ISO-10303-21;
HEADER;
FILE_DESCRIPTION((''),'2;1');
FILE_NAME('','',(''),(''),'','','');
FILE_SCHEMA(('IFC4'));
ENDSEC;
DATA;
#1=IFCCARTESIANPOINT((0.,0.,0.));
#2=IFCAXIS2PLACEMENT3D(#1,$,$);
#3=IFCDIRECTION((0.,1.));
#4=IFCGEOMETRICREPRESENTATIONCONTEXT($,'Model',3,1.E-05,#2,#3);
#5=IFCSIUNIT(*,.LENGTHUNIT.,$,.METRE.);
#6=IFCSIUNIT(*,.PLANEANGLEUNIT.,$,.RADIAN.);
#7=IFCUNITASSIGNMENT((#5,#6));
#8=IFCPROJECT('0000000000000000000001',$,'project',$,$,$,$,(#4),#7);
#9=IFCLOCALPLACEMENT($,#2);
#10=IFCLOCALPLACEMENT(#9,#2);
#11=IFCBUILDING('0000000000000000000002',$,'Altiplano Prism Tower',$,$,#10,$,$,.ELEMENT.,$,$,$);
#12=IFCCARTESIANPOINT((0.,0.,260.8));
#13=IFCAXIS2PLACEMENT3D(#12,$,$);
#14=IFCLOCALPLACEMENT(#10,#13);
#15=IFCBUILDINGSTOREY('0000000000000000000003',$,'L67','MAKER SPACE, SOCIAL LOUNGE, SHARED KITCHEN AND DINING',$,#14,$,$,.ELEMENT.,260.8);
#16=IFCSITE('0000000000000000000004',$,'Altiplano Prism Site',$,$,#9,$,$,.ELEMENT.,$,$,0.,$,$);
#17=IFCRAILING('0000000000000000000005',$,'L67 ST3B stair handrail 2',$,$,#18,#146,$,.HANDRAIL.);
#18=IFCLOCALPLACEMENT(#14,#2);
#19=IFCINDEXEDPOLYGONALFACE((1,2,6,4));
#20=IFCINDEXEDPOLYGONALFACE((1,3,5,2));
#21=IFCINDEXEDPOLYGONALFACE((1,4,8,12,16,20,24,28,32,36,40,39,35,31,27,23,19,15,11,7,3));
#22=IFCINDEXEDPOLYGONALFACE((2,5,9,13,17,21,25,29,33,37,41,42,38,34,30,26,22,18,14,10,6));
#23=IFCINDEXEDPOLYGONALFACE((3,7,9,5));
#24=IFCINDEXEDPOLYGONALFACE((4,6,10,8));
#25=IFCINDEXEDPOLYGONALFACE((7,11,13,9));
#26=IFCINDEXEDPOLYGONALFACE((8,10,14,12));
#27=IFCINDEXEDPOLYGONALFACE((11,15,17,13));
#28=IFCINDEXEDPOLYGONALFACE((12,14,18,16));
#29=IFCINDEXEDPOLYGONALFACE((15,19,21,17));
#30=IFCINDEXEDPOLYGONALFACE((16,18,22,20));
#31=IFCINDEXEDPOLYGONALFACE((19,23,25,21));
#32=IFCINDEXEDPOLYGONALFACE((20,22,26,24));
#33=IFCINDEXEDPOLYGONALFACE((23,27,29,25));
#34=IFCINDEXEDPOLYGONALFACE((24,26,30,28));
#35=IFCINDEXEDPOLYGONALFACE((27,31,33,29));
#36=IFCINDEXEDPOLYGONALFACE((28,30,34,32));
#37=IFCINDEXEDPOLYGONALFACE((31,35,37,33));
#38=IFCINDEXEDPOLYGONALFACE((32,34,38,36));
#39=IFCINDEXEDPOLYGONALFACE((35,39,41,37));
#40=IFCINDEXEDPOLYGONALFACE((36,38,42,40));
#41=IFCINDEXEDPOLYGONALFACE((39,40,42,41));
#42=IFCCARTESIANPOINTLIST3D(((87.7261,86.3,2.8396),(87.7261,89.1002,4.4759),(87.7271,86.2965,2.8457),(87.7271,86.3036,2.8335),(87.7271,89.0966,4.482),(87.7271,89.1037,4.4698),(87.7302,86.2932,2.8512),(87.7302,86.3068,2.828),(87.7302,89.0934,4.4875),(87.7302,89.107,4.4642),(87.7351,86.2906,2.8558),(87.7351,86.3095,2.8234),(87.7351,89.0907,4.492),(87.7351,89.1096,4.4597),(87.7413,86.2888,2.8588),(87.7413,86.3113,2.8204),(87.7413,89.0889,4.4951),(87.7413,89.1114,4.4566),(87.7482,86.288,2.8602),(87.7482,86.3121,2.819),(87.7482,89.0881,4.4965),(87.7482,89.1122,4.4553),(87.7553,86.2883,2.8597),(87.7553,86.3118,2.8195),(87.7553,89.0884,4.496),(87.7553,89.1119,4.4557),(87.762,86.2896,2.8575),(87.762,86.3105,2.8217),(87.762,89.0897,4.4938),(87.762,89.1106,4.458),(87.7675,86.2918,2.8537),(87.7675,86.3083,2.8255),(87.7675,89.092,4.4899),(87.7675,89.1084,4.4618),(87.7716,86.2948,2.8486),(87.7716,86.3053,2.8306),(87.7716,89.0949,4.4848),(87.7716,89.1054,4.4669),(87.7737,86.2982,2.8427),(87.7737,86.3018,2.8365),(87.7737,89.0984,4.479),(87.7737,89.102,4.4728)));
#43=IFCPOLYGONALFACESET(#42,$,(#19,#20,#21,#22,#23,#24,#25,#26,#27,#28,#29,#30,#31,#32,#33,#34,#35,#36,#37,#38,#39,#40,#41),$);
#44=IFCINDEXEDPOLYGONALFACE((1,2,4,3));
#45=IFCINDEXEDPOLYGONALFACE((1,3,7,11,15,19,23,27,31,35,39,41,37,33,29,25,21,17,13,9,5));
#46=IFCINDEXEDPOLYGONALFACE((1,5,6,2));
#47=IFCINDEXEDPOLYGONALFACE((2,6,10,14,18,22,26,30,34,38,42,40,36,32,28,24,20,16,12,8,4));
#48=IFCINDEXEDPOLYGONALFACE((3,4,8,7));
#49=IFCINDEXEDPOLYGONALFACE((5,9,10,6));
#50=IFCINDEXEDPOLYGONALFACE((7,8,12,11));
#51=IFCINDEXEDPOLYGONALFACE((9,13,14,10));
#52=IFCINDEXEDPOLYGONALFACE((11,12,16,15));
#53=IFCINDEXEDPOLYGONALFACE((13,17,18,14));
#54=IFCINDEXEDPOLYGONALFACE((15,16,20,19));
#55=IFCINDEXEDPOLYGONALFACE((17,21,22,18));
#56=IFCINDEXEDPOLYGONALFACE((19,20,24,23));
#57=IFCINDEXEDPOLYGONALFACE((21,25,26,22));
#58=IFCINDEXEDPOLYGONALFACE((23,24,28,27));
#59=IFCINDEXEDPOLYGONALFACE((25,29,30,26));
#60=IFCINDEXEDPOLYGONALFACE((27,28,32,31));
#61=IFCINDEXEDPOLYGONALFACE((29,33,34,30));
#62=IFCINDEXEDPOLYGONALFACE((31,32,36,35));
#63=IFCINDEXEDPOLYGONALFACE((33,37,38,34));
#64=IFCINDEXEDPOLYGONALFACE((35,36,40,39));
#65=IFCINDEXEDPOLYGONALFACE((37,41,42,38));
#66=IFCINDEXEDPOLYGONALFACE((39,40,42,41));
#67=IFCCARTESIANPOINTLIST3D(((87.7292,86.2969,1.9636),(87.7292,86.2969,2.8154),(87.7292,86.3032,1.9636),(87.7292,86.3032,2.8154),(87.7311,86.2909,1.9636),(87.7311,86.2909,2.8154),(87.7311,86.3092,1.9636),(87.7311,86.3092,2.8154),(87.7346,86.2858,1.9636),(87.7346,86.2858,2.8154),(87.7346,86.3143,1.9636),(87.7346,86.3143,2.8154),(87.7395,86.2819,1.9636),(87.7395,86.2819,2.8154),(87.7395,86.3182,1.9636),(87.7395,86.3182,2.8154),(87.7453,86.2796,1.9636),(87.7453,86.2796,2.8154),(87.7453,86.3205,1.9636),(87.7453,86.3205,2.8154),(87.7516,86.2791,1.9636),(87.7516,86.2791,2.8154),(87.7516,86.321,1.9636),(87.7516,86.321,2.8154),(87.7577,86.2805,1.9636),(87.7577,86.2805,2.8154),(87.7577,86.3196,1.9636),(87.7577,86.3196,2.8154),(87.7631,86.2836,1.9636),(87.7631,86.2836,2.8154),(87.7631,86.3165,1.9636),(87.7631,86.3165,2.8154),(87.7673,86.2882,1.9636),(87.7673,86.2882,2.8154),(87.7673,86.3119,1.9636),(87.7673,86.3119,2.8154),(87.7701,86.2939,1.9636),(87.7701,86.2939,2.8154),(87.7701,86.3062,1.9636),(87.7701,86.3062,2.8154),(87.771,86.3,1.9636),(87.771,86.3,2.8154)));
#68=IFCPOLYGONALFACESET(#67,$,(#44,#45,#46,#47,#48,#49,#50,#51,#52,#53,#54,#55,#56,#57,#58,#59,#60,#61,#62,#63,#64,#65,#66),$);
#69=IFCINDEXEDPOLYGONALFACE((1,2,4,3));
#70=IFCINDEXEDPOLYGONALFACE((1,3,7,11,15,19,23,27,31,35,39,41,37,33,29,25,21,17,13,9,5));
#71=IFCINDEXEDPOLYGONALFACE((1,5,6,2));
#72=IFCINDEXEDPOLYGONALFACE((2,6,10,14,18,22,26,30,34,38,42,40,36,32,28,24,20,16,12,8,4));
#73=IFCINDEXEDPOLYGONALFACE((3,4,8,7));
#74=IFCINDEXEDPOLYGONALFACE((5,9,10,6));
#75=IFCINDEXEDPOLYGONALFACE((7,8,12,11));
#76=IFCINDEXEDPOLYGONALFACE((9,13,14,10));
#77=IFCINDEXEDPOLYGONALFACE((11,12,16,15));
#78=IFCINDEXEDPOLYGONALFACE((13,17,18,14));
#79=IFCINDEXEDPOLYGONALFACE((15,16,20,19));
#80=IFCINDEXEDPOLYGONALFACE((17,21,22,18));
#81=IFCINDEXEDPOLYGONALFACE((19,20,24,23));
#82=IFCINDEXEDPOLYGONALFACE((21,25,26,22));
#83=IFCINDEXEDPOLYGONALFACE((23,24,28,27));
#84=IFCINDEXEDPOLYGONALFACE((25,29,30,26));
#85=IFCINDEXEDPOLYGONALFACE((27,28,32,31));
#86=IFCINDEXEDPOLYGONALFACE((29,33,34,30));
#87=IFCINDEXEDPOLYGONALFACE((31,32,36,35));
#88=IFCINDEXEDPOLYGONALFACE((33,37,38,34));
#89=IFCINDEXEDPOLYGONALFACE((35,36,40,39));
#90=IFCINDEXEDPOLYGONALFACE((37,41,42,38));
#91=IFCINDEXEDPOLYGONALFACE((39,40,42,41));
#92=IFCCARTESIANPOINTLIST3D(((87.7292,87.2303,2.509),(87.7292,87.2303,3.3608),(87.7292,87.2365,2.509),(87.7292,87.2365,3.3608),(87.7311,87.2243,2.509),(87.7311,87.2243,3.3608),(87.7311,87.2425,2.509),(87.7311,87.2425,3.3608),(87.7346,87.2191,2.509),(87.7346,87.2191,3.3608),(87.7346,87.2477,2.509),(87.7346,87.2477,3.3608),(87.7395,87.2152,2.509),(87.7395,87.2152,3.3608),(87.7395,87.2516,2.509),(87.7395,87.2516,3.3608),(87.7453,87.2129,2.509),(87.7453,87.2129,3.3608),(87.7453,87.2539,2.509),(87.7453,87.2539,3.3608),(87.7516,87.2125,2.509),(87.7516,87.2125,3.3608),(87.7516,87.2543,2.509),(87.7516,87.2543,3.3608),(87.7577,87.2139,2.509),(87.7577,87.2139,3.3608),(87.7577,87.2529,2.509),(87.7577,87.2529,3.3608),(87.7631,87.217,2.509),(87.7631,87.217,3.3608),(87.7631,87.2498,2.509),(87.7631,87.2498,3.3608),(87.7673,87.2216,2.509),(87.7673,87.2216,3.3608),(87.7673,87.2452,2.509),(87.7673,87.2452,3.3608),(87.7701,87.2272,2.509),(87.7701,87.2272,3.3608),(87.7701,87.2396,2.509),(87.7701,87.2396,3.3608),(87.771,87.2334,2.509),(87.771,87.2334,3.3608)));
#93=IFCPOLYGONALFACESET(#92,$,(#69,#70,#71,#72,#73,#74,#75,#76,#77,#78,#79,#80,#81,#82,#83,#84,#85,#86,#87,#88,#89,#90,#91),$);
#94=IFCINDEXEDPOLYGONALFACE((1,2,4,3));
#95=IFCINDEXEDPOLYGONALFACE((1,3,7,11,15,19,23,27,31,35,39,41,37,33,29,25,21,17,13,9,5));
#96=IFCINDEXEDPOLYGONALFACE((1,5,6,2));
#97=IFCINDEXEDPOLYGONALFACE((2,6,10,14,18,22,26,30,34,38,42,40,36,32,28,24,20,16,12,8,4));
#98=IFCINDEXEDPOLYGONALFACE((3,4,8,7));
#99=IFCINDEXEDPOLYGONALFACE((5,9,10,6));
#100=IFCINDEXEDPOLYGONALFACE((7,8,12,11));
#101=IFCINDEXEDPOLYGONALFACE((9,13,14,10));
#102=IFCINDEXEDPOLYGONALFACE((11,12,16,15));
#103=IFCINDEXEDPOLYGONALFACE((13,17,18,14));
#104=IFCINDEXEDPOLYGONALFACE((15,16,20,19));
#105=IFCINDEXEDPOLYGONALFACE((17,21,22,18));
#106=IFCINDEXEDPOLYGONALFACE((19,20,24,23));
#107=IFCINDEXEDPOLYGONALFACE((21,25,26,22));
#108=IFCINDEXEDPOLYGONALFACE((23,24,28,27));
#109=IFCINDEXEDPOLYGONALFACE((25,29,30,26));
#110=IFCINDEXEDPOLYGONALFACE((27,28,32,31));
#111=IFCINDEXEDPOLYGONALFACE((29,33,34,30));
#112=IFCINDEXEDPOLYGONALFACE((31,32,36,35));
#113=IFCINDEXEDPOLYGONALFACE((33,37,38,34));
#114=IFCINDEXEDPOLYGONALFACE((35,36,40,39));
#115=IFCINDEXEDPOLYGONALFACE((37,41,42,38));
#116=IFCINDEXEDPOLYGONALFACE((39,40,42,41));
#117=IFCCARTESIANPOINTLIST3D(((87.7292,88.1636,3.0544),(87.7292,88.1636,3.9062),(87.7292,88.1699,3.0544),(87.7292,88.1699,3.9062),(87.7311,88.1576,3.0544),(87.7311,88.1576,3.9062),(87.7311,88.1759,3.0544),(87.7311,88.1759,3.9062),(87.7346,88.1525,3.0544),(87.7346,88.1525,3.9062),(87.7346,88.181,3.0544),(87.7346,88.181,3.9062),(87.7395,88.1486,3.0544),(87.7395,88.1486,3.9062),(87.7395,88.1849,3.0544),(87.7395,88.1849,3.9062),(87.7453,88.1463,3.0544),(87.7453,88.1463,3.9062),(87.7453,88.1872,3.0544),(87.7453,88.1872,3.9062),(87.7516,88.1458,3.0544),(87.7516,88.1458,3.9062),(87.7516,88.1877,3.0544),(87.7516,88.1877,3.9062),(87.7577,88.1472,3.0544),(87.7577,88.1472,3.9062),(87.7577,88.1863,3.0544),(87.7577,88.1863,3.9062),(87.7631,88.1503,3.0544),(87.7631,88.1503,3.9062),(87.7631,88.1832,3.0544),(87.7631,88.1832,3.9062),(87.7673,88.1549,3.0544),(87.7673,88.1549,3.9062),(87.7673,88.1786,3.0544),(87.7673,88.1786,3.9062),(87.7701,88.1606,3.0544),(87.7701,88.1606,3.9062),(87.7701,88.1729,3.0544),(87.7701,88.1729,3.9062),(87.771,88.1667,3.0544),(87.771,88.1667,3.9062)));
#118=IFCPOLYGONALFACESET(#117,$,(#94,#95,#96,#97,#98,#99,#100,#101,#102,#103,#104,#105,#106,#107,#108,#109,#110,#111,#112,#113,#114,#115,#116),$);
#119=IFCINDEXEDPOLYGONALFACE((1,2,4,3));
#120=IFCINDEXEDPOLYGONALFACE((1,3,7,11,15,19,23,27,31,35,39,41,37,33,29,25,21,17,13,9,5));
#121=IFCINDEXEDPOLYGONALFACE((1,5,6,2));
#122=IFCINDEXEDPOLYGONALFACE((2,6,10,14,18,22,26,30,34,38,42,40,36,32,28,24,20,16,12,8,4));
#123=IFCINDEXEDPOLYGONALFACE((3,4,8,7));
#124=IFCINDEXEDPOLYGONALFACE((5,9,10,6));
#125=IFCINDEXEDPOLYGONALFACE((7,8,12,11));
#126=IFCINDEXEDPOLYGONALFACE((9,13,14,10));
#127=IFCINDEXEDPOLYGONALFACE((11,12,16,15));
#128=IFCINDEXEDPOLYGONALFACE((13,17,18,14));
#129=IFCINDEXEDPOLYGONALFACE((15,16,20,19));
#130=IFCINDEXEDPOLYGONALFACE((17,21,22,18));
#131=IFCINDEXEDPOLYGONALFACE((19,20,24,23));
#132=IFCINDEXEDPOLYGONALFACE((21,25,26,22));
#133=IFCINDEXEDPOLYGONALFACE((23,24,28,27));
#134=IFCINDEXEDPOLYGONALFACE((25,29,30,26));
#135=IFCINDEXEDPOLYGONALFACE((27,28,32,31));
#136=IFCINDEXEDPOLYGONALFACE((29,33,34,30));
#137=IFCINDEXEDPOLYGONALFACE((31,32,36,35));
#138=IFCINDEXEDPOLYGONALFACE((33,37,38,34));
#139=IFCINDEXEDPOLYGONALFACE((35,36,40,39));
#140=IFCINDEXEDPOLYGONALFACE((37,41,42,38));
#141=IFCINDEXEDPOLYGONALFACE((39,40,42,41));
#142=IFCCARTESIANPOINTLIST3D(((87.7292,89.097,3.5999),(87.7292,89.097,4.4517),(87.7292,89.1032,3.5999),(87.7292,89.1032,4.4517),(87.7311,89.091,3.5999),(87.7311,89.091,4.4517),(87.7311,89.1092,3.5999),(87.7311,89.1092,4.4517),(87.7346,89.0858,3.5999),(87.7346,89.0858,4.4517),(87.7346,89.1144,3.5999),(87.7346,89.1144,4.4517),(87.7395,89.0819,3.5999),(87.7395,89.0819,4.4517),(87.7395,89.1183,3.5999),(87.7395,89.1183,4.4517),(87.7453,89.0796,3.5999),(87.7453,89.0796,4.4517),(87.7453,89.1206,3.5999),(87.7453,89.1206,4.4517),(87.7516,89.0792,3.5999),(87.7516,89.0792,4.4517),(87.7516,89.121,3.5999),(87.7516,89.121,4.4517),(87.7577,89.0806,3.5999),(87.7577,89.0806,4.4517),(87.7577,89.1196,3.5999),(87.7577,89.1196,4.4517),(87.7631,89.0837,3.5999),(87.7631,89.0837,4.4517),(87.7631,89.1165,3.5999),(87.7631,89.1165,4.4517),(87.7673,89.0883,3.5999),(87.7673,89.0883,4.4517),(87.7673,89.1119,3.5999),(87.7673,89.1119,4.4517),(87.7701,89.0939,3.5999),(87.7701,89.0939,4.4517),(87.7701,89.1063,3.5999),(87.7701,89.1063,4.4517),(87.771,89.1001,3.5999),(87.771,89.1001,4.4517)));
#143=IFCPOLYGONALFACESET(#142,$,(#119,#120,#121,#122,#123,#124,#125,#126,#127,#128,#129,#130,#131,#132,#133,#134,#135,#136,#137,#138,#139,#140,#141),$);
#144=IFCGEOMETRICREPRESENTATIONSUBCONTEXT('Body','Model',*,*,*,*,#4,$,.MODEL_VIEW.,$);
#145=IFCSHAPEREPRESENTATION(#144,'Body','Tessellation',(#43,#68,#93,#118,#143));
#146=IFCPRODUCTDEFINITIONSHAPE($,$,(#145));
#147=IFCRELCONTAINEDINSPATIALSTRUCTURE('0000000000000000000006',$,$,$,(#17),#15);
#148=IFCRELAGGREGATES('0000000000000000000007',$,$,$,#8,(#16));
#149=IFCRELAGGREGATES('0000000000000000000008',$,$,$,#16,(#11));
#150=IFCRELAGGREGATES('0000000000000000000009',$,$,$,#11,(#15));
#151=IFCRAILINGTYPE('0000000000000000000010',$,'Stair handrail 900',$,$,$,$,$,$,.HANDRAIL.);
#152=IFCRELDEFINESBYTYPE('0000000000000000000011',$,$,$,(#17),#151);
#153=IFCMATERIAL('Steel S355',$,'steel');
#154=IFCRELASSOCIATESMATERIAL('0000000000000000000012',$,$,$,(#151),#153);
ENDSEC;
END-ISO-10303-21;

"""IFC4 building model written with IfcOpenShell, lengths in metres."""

from ifc_helpers import new_model, si_unit, direction, frame, origin, origin_2d, place, context, subcontext, project, spatial, circle, extrude, material, type_object, element, save


model = new_model("IFC4")

# Units and contexts
model_context = context("Model", 3, precision=1e-05, world=origin(), true_north=direction((0.0, 1.0)))
body_context = subcontext(model_context, "Body", "Model", "MODEL_VIEW")
ifc_project = project(units=[si_unit("LENGTHUNIT", "METRE"), si_unit("PLANEANGLEUNIT", "RADIAN")], contexts=[model_context])

# Site, building, storey
site_placement = place(None, origin())
site = spatial("IfcSite", under=ifc_project, at=site_placement, Name="Altiplano Prism Site", CompositionType="ELEMENT", RefElevation=0.0)
building_placement = place(site_placement, origin())
building = spatial("IfcBuilding", under=site, at=building_placement, Name="Altiplano Prism Tower", CompositionType="ELEMENT")
storey_placement = place(building_placement, frame((0.0, 0.0, 260.8)))
storey = spatial("IfcBuildingStorey", under=building, at=storey_placement, Name="L67", Description="MAKER SPACE, SOCIAL LOUNGE, SHARED KITCHEN AND DINING", CompositionType="ELEMENT", Elevation=260.8)

# Railing
ifc_material_1 = material(Name="Steel S355", Category="steel")
railing_type_1 = type_object("IfcRailingType", Name="Stair handrail 900", PredefinedType="HANDRAIL", material=ifc_material_1)
railing_1_placement = place(storey_placement, frame((87.75, 86.3, 1.9636)))
element("IfcRailing", 1, at=railing_1_placement, inside=storey, type_object=railing_type_1, Name="L67 ST3B stair handrail 2", PredefinedType="HANDRAIL", context=body_context, shape_type="SweptSolid", body=[
    extrude(circle(Radius=0.0239, at=origin_2d()), frame((0.0, 0.0, 0.876), z_axis=(0.0, 0.863394, 0.504531), x_axis=(-1.0, 0.0, 0.0)), (0.0, 0.0, 1.0), 3.2432),
    extrude(circle(Radius=0.021, at=origin_2d()), origin(), (0.0, 0.0, 1.0), 0.8518),
    extrude(circle(Radius=0.021, at=origin_2d()), frame((0.0, 0.9333, 0.5454)), (0.0, 0.0, 1.0), 0.8518),
    extrude(circle(Radius=0.021, at=origin_2d()), frame((0.0, 1.8667, 1.0908)), (0.0, 0.0, 1.0), 0.8518),
    extrude(circle(Radius=0.021, at=origin_2d()), frame((0.0, 2.8, 1.6362)), (0.0, 0.0, 1.0), 0.8518),
])

save(model, "model.ifc")
